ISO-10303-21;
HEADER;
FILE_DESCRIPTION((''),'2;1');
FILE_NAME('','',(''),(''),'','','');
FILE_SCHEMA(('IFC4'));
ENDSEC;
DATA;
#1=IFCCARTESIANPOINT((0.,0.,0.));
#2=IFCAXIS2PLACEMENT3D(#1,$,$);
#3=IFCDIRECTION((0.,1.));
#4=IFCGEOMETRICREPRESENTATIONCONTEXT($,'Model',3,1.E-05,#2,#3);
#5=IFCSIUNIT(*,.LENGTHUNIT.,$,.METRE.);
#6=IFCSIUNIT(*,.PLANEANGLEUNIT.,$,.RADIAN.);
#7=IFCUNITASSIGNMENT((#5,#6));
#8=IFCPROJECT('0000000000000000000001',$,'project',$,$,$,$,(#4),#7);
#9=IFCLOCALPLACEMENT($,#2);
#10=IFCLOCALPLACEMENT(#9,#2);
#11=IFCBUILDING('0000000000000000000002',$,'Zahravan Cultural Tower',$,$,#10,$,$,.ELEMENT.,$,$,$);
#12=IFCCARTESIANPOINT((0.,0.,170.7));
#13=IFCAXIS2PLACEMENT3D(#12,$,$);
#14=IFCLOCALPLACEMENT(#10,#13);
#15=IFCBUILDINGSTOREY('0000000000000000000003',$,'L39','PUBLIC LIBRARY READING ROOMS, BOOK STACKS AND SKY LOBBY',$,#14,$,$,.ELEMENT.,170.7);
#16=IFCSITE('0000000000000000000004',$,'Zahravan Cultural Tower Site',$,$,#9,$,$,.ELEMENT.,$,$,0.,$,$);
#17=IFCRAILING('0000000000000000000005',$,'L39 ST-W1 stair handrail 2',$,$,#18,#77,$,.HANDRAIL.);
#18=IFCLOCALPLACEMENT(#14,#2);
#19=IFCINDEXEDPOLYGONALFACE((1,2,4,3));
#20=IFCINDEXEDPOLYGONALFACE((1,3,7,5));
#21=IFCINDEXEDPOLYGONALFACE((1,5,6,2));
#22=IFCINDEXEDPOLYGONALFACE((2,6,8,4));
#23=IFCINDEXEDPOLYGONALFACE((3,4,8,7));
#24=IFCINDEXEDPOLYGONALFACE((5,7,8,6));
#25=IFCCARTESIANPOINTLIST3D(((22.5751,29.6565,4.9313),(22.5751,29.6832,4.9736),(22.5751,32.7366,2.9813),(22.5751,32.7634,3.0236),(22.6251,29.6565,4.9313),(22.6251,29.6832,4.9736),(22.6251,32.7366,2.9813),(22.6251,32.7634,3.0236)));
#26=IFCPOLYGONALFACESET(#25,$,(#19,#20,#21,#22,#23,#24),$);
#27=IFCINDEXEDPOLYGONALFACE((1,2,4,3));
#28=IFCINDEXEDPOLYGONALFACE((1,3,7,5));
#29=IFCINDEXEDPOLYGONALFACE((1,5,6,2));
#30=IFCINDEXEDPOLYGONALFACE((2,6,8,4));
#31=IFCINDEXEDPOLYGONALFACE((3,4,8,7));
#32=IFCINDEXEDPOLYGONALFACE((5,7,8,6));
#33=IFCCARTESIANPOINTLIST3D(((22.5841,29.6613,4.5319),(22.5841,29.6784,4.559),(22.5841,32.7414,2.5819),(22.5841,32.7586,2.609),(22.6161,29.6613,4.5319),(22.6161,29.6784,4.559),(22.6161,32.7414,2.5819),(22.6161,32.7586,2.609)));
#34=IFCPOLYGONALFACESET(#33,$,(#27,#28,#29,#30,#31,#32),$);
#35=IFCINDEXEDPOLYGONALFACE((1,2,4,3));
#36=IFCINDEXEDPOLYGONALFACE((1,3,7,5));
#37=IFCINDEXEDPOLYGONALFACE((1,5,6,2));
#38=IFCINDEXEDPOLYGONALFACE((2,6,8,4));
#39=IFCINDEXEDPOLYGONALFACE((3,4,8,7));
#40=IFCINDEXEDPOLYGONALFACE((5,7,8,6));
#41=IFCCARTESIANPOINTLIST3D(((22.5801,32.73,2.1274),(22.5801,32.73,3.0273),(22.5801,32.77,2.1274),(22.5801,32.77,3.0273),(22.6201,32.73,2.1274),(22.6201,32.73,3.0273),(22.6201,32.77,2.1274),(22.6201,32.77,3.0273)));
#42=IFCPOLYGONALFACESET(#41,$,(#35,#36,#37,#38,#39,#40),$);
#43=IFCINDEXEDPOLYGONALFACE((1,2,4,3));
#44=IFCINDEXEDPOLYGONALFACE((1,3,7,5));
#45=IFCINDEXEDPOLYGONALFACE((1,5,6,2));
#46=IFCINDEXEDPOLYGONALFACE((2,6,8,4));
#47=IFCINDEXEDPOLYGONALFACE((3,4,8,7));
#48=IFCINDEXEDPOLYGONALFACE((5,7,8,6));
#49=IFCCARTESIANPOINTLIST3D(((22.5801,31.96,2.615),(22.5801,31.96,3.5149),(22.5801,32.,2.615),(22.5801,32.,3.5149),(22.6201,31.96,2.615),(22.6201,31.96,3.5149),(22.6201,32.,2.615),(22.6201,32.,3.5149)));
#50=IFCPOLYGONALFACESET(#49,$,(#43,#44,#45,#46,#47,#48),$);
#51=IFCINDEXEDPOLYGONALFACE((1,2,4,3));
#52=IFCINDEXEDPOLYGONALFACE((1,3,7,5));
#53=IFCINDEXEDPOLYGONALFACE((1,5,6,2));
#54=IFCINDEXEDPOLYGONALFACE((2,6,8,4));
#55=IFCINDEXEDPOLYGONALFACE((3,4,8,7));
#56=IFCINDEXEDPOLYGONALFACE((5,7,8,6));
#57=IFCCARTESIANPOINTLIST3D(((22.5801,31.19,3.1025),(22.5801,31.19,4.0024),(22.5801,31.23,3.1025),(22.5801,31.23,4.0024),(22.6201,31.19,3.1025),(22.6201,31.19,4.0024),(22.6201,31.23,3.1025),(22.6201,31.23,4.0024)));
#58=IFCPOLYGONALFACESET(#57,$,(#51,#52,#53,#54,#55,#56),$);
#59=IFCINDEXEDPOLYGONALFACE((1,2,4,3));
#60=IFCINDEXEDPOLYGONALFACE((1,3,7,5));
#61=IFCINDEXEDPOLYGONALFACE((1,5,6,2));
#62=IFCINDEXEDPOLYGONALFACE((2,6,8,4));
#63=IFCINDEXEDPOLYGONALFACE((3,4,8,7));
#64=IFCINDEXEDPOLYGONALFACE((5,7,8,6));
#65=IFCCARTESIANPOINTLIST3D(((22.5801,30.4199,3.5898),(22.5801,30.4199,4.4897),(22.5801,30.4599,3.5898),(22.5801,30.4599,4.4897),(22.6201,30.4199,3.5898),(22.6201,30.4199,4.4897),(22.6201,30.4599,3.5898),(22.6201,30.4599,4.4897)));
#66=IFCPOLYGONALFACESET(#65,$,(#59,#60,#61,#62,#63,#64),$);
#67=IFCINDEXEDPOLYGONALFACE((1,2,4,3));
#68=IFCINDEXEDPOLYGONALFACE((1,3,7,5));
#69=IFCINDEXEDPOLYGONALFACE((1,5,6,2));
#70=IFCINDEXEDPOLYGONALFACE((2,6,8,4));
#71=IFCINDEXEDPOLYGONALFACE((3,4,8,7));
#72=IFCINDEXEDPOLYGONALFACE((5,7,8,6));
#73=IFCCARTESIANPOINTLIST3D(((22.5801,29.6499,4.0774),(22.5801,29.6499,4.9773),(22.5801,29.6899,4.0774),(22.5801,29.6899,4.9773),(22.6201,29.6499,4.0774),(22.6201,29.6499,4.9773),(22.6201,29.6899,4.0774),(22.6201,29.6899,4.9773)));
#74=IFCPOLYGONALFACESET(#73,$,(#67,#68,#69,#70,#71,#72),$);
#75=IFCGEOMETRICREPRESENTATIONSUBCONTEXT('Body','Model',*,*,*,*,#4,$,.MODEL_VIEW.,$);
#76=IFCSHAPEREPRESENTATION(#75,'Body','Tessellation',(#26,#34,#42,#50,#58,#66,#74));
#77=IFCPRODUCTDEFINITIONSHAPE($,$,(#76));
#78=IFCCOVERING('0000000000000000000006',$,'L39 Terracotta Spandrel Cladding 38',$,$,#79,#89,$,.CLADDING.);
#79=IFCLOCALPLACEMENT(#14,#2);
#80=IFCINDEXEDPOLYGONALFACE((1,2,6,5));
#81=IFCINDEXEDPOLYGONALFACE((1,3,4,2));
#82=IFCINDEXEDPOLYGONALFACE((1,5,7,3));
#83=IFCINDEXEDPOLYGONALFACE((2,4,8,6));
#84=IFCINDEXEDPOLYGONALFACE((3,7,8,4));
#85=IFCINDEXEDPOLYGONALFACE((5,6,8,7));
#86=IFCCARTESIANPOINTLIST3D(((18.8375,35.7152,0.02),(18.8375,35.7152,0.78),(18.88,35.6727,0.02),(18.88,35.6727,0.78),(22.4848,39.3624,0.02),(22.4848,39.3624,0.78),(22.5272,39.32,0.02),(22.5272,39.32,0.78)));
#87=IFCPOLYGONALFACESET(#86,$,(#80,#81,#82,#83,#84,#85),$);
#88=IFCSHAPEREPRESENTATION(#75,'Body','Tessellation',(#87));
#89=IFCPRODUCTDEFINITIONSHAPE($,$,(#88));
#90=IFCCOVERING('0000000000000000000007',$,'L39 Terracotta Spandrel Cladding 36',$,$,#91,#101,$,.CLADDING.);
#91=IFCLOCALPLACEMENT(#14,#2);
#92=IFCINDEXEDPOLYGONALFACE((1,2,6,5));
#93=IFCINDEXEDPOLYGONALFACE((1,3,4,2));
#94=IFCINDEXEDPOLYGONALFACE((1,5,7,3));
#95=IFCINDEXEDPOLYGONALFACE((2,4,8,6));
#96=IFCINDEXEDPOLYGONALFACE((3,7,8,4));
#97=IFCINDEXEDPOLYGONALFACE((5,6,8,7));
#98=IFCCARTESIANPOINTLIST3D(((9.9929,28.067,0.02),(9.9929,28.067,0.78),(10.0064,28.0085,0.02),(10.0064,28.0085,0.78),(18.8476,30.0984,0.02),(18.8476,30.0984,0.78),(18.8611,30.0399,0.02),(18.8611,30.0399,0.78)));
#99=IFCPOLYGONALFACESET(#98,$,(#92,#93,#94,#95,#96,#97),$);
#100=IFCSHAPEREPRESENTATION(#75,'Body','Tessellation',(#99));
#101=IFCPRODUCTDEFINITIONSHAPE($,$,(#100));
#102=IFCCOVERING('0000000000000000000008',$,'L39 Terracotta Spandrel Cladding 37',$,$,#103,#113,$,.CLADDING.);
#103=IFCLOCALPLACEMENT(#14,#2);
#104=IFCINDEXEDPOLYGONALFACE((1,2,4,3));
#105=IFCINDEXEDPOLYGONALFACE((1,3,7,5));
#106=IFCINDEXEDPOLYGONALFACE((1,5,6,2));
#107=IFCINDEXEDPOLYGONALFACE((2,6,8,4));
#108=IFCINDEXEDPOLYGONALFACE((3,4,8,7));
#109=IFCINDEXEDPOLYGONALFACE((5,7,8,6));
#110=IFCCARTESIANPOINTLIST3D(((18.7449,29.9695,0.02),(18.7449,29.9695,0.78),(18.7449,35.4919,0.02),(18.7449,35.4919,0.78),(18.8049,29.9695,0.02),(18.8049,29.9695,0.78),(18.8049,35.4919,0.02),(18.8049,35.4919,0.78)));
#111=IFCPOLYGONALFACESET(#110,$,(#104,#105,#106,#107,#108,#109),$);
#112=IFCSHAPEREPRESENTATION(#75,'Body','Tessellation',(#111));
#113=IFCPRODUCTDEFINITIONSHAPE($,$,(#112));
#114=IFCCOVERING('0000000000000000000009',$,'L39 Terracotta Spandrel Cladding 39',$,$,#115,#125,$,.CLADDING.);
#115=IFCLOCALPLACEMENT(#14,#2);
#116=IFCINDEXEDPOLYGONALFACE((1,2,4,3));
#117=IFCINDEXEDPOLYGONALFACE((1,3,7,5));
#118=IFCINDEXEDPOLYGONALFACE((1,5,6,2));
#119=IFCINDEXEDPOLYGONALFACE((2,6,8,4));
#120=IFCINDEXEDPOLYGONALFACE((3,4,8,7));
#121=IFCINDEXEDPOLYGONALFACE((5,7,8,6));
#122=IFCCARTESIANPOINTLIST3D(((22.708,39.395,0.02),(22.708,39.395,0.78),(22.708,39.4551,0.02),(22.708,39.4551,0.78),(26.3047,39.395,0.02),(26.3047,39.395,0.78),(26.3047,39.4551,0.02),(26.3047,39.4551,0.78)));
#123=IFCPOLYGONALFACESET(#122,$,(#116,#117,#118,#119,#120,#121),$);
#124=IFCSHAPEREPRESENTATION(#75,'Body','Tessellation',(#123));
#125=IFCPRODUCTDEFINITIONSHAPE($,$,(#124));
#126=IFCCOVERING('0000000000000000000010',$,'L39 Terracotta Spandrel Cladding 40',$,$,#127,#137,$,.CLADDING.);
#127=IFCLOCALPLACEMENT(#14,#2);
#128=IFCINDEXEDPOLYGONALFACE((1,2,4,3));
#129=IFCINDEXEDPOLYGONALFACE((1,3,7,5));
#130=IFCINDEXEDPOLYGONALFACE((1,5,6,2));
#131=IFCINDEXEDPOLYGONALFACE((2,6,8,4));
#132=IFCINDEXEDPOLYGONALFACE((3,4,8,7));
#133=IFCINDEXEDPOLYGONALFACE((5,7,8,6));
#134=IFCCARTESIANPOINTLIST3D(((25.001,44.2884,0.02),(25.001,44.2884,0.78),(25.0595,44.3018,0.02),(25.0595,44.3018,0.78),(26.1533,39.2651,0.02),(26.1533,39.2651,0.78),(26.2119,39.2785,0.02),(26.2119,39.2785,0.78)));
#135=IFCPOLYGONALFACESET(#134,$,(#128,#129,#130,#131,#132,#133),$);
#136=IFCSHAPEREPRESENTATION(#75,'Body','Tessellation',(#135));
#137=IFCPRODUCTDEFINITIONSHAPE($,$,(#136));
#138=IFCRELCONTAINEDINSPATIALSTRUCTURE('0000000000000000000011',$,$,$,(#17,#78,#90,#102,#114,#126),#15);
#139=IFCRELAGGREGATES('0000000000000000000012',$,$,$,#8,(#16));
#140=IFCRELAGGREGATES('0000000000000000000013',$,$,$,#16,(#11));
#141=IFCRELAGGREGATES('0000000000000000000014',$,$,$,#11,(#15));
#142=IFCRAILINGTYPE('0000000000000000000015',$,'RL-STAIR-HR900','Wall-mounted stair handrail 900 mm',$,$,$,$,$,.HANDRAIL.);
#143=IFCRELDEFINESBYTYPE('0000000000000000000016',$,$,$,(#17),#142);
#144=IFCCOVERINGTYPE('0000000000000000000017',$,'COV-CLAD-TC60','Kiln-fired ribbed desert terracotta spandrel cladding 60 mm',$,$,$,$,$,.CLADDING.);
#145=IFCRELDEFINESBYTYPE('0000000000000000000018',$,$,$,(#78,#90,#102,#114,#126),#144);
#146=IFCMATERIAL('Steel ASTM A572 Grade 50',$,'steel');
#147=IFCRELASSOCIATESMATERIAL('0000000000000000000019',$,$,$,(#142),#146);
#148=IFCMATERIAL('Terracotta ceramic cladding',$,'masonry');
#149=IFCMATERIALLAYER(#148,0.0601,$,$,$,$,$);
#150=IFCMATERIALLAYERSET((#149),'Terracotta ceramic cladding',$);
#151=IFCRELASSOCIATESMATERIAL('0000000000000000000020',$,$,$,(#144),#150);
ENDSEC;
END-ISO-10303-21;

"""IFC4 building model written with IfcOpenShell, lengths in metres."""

from ifc_helpers import new_model, si_unit, direction, frame, origin, origin_2d, place, context, subcontext, project, spatial, rectangle, extrude, source, transform, mapped, material, layer, layer_set, type_object, element, save


model = new_model("IFC4")

# Units and contexts
model_context = context("Model", 3, precision=1e-05, world=origin(), true_north=direction((0.0, 1.0)))
body_context = subcontext(model_context, "Body", "Model", "MODEL_VIEW")
ifc_project = project(units=[si_unit("LENGTHUNIT", "METRE"), si_unit("PLANEANGLEUNIT", "RADIAN")], contexts=[model_context])

# Site, building, storey
site_placement = place(None, origin())
site = spatial("IfcSite", under=ifc_project, at=site_placement, Name="Zahravan Cultural Tower Site", CompositionType="ELEMENT", RefElevation=0.0)
building_placement = place(site_placement, origin())
building = spatial("IfcBuilding", under=site, at=building_placement, Name="Zahravan Cultural Tower", CompositionType="ELEMENT")
storey_placement = place(building_placement, frame((0.0, 0.0, 170.7)))
storey = spatial("IfcBuildingStorey", under=building, at=storey_placement, Name="L39", Description="PUBLIC LIBRARY READING ROOMS, BOOK STACKS AND SKY LOBBY", CompositionType="ELEMENT", Elevation=170.7)

# Railing
ifc_material_1 = material(Name="Steel ASTM A572 Grade 50", Category="steel")
railing_type_1 = type_object("IfcRailingType", Name="RL-STAIR-HR900", Description="Wall-mounted stair handrail 900 mm", PredefinedType="HANDRAIL", material=ifc_material_1)
railing_1_placement = place(storey_placement, frame((22.6001, 32.75, 2.1274)))
element("IfcRailing", 1, at=railing_1_placement, inside=storey, type_object=railing_type_1, Name="L39 ST-W1 stair handrail 2", PredefinedType="HANDRAIL", context=body_context, shape_type="SweptSolid", body=[
    extrude(rectangle(XDim=0.05, YDim=0.05, at=origin_2d()), frame((0.0, 0.0, 0.875), z_axis=(0.0, -0.844914, 0.534902), x_axis=(1.0, 0.0, 0.0)), (0.0, 0.0, 1.0), 3.6455),
    extrude(rectangle(XDim=0.032, YDim=0.032, at=origin_2d()), frame((0.0, 0.0, 0.468), z_axis=(0.0, -0.844914, 0.534902), x_axis=(1.0, 0.0, 0.0)), (0.0, 0.0, 1.0), 3.6455),
    extrude(rectangle(XDim=0.04, YDim=0.04, at=origin_2d()), origin(), (0.0, 0.0, 1.0), 0.8999),
    extrude(rectangle(XDim=0.04, YDim=0.04, at=origin_2d()), frame((0.0, -0.77, 0.4875)), (0.0, 0.0, 1.0), 0.8999),
    extrude(rectangle(XDim=0.04, YDim=0.04, at=origin_2d()), frame((0.0, -1.54, 0.9751)), (0.0, 0.0, 1.0), 0.8999),
    extrude(rectangle(XDim=0.04, YDim=0.04, at=origin_2d()), frame((0.0, -2.3101, 1.4624)), (0.0, 0.0, 1.0), 0.8999),
    extrude(rectangle(XDim=0.04, YDim=0.04, at=origin_2d()), frame((0.0, -3.0801, 1.95)), (0.0, 0.0, 1.0), 0.8999),
])

# Coverings
ifc_material_2 = material(Name="Terracotta ceramic cladding", Category="masonry")
ifc_layer_1 = layer(ifc_material_2, 0.0601)
ifc_layer_set_1 = layer_set([ifc_layer_1], Name="Terracotta ceramic cladding")
covering_type = type_object("IfcCoveringType", Name="COV-CLAD-TC60", Description="Kiln-fired ribbed desert terracotta spandrel cladding 60 mm", PredefinedType="CLADDING", material=ifc_layer_set_1)
shared_shape_1 = source(origin(), body_context, "Body", "SweptSolid", [
    extrude(rectangle(XDim=5.158, YDim=0.0601, at=origin_2d()), origin(), (0.0, 0.0, 1.0), 0.76),
])
covering_1_placement = place(storey_placement, frame((20.6824, 37.5176, 0.02), z_axis=(0.0, 0.0, 1.0), x_axis=(0.707107, 0.707107, 0.0)))
element("IfcCovering", 2, at=covering_1_placement, inside=storey, type_object=covering_type, Name="L39 Terracotta Spandrel Cladding 38", PredefinedType="CLADDING", context=body_context, shape_type="MappedRepresentation", body=[
    mapped(shared_shape_1, transform((0.0, 0.0, 0.0), x_axis=(1.0, 0.0, 0.0), y_axis=(0.0, 1.0, 0.0), z_axis=(0.0, 0.0, 1.0), scale=1.0)),
])
shared_shape_2 = source(origin(), body_context, "Body", "SweptSolid", [
    extrude(rectangle(XDim=9.0847, YDim=0.0601, at=origin_2d()), origin(), (0.0, 0.0, 1.0), 0.76),
])
covering_2_placement = place(storey_placement, frame((14.427, 29.0535, 0.02), z_axis=(0.0, 0.0, 1.0), x_axis=(0.974679, 0.223607, 0.0)))
element("IfcCovering", 3, at=covering_2_placement, inside=storey, type_object=covering_type, Name="L39 Terracotta Spandrel Cladding 36", PredefinedType="CLADDING", context=body_context, shape_type="MappedRepresentation", body=[
    mapped(shared_shape_2, transform((0.0, 0.0, 0.0), x_axis=(1.0, 0.0, 0.0), y_axis=(0.0, 1.0, 0.0), z_axis=(0.0, 0.0, 1.0), scale=1.0)),
])
shared_shape_3 = source(origin(), body_context, "Body", "SweptSolid", [
    extrude(rectangle(XDim=5.5225, YDim=0.0601, at=origin_2d()), origin(), (0.0, 0.0, 1.0), 0.76),
])
covering_3_placement = place(storey_placement, frame((18.7749, 32.7307, 0.02), z_axis=(0.0, 0.0, 1.0), x_axis=(0.0, 1.0, 0.0)))
element("IfcCovering", 4, at=covering_3_placement, inside=storey, type_object=covering_type, Name="L39 Terracotta Spandrel Cladding 37", PredefinedType="CLADDING", context=body_context, shape_type="MappedRepresentation", body=[
    mapped(shared_shape_3, transform((0.0, 0.0, 0.0), x_axis=(1.0, 0.0, 0.0), y_axis=(0.0, 1.0, 0.0), z_axis=(0.0, 0.0, 1.0), scale=1.0)),
])
shared_shape_4 = source(origin(), body_context, "Body", "SweptSolid", [
    extrude(rectangle(XDim=3.5967, YDim=0.0601, at=origin_2d()), origin(), (0.0, 0.0, 1.0), 0.76),
])
covering_4_placement = place(storey_placement, frame((24.5063, 39.425, 0.02), z_axis=(0.0, 0.0, 1.0), x_axis=(1.0, 0.0, 0.0)))
element("IfcCovering", 5, at=covering_4_placement, inside=storey, type_object=covering_type, Name="L39 Terracotta Spandrel Cladding 39", PredefinedType="CLADDING", context=body_context, shape_type="MappedRepresentation", body=[
    mapped(shared_shape_4, transform((0.0, 0.0, 0.0), x_axis=(1.0, 0.0, 0.0), y_axis=(0.0, 1.0, 0.0), z_axis=(0.0, 0.0, 1.0), scale=1.0)),
])
shared_shape_5 = source(origin(), body_context, "Body", "SweptSolid", [
    extrude(rectangle(XDim=5.1538, YDim=0.0601, at=origin_2d()), origin(), (0.0, 0.0, 1.0), 0.76),
])
covering_5_placement = place(storey_placement, frame((25.6064, 41.7834, 0.02), z_axis=(0.0, 0.0, 1.0), x_axis=(-0.22359, 0.974683, 0.0)))
element("IfcCovering", 6, at=covering_5_placement, inside=storey, type_object=covering_type, Name="L39 Terracotta Spandrel Cladding 40", PredefinedType="CLADDING", context=body_context, shape_type="MappedRepresentation", body=[
    mapped(shared_shape_5, transform((0.0, 0.0, 0.0), x_axis=(1.0, 0.0, 0.0), y_axis=(0.0, 1.0, 0.0), z_axis=(0.0, 0.0, 1.0), scale=1.0)),
])

save(model, "model.ifc")
